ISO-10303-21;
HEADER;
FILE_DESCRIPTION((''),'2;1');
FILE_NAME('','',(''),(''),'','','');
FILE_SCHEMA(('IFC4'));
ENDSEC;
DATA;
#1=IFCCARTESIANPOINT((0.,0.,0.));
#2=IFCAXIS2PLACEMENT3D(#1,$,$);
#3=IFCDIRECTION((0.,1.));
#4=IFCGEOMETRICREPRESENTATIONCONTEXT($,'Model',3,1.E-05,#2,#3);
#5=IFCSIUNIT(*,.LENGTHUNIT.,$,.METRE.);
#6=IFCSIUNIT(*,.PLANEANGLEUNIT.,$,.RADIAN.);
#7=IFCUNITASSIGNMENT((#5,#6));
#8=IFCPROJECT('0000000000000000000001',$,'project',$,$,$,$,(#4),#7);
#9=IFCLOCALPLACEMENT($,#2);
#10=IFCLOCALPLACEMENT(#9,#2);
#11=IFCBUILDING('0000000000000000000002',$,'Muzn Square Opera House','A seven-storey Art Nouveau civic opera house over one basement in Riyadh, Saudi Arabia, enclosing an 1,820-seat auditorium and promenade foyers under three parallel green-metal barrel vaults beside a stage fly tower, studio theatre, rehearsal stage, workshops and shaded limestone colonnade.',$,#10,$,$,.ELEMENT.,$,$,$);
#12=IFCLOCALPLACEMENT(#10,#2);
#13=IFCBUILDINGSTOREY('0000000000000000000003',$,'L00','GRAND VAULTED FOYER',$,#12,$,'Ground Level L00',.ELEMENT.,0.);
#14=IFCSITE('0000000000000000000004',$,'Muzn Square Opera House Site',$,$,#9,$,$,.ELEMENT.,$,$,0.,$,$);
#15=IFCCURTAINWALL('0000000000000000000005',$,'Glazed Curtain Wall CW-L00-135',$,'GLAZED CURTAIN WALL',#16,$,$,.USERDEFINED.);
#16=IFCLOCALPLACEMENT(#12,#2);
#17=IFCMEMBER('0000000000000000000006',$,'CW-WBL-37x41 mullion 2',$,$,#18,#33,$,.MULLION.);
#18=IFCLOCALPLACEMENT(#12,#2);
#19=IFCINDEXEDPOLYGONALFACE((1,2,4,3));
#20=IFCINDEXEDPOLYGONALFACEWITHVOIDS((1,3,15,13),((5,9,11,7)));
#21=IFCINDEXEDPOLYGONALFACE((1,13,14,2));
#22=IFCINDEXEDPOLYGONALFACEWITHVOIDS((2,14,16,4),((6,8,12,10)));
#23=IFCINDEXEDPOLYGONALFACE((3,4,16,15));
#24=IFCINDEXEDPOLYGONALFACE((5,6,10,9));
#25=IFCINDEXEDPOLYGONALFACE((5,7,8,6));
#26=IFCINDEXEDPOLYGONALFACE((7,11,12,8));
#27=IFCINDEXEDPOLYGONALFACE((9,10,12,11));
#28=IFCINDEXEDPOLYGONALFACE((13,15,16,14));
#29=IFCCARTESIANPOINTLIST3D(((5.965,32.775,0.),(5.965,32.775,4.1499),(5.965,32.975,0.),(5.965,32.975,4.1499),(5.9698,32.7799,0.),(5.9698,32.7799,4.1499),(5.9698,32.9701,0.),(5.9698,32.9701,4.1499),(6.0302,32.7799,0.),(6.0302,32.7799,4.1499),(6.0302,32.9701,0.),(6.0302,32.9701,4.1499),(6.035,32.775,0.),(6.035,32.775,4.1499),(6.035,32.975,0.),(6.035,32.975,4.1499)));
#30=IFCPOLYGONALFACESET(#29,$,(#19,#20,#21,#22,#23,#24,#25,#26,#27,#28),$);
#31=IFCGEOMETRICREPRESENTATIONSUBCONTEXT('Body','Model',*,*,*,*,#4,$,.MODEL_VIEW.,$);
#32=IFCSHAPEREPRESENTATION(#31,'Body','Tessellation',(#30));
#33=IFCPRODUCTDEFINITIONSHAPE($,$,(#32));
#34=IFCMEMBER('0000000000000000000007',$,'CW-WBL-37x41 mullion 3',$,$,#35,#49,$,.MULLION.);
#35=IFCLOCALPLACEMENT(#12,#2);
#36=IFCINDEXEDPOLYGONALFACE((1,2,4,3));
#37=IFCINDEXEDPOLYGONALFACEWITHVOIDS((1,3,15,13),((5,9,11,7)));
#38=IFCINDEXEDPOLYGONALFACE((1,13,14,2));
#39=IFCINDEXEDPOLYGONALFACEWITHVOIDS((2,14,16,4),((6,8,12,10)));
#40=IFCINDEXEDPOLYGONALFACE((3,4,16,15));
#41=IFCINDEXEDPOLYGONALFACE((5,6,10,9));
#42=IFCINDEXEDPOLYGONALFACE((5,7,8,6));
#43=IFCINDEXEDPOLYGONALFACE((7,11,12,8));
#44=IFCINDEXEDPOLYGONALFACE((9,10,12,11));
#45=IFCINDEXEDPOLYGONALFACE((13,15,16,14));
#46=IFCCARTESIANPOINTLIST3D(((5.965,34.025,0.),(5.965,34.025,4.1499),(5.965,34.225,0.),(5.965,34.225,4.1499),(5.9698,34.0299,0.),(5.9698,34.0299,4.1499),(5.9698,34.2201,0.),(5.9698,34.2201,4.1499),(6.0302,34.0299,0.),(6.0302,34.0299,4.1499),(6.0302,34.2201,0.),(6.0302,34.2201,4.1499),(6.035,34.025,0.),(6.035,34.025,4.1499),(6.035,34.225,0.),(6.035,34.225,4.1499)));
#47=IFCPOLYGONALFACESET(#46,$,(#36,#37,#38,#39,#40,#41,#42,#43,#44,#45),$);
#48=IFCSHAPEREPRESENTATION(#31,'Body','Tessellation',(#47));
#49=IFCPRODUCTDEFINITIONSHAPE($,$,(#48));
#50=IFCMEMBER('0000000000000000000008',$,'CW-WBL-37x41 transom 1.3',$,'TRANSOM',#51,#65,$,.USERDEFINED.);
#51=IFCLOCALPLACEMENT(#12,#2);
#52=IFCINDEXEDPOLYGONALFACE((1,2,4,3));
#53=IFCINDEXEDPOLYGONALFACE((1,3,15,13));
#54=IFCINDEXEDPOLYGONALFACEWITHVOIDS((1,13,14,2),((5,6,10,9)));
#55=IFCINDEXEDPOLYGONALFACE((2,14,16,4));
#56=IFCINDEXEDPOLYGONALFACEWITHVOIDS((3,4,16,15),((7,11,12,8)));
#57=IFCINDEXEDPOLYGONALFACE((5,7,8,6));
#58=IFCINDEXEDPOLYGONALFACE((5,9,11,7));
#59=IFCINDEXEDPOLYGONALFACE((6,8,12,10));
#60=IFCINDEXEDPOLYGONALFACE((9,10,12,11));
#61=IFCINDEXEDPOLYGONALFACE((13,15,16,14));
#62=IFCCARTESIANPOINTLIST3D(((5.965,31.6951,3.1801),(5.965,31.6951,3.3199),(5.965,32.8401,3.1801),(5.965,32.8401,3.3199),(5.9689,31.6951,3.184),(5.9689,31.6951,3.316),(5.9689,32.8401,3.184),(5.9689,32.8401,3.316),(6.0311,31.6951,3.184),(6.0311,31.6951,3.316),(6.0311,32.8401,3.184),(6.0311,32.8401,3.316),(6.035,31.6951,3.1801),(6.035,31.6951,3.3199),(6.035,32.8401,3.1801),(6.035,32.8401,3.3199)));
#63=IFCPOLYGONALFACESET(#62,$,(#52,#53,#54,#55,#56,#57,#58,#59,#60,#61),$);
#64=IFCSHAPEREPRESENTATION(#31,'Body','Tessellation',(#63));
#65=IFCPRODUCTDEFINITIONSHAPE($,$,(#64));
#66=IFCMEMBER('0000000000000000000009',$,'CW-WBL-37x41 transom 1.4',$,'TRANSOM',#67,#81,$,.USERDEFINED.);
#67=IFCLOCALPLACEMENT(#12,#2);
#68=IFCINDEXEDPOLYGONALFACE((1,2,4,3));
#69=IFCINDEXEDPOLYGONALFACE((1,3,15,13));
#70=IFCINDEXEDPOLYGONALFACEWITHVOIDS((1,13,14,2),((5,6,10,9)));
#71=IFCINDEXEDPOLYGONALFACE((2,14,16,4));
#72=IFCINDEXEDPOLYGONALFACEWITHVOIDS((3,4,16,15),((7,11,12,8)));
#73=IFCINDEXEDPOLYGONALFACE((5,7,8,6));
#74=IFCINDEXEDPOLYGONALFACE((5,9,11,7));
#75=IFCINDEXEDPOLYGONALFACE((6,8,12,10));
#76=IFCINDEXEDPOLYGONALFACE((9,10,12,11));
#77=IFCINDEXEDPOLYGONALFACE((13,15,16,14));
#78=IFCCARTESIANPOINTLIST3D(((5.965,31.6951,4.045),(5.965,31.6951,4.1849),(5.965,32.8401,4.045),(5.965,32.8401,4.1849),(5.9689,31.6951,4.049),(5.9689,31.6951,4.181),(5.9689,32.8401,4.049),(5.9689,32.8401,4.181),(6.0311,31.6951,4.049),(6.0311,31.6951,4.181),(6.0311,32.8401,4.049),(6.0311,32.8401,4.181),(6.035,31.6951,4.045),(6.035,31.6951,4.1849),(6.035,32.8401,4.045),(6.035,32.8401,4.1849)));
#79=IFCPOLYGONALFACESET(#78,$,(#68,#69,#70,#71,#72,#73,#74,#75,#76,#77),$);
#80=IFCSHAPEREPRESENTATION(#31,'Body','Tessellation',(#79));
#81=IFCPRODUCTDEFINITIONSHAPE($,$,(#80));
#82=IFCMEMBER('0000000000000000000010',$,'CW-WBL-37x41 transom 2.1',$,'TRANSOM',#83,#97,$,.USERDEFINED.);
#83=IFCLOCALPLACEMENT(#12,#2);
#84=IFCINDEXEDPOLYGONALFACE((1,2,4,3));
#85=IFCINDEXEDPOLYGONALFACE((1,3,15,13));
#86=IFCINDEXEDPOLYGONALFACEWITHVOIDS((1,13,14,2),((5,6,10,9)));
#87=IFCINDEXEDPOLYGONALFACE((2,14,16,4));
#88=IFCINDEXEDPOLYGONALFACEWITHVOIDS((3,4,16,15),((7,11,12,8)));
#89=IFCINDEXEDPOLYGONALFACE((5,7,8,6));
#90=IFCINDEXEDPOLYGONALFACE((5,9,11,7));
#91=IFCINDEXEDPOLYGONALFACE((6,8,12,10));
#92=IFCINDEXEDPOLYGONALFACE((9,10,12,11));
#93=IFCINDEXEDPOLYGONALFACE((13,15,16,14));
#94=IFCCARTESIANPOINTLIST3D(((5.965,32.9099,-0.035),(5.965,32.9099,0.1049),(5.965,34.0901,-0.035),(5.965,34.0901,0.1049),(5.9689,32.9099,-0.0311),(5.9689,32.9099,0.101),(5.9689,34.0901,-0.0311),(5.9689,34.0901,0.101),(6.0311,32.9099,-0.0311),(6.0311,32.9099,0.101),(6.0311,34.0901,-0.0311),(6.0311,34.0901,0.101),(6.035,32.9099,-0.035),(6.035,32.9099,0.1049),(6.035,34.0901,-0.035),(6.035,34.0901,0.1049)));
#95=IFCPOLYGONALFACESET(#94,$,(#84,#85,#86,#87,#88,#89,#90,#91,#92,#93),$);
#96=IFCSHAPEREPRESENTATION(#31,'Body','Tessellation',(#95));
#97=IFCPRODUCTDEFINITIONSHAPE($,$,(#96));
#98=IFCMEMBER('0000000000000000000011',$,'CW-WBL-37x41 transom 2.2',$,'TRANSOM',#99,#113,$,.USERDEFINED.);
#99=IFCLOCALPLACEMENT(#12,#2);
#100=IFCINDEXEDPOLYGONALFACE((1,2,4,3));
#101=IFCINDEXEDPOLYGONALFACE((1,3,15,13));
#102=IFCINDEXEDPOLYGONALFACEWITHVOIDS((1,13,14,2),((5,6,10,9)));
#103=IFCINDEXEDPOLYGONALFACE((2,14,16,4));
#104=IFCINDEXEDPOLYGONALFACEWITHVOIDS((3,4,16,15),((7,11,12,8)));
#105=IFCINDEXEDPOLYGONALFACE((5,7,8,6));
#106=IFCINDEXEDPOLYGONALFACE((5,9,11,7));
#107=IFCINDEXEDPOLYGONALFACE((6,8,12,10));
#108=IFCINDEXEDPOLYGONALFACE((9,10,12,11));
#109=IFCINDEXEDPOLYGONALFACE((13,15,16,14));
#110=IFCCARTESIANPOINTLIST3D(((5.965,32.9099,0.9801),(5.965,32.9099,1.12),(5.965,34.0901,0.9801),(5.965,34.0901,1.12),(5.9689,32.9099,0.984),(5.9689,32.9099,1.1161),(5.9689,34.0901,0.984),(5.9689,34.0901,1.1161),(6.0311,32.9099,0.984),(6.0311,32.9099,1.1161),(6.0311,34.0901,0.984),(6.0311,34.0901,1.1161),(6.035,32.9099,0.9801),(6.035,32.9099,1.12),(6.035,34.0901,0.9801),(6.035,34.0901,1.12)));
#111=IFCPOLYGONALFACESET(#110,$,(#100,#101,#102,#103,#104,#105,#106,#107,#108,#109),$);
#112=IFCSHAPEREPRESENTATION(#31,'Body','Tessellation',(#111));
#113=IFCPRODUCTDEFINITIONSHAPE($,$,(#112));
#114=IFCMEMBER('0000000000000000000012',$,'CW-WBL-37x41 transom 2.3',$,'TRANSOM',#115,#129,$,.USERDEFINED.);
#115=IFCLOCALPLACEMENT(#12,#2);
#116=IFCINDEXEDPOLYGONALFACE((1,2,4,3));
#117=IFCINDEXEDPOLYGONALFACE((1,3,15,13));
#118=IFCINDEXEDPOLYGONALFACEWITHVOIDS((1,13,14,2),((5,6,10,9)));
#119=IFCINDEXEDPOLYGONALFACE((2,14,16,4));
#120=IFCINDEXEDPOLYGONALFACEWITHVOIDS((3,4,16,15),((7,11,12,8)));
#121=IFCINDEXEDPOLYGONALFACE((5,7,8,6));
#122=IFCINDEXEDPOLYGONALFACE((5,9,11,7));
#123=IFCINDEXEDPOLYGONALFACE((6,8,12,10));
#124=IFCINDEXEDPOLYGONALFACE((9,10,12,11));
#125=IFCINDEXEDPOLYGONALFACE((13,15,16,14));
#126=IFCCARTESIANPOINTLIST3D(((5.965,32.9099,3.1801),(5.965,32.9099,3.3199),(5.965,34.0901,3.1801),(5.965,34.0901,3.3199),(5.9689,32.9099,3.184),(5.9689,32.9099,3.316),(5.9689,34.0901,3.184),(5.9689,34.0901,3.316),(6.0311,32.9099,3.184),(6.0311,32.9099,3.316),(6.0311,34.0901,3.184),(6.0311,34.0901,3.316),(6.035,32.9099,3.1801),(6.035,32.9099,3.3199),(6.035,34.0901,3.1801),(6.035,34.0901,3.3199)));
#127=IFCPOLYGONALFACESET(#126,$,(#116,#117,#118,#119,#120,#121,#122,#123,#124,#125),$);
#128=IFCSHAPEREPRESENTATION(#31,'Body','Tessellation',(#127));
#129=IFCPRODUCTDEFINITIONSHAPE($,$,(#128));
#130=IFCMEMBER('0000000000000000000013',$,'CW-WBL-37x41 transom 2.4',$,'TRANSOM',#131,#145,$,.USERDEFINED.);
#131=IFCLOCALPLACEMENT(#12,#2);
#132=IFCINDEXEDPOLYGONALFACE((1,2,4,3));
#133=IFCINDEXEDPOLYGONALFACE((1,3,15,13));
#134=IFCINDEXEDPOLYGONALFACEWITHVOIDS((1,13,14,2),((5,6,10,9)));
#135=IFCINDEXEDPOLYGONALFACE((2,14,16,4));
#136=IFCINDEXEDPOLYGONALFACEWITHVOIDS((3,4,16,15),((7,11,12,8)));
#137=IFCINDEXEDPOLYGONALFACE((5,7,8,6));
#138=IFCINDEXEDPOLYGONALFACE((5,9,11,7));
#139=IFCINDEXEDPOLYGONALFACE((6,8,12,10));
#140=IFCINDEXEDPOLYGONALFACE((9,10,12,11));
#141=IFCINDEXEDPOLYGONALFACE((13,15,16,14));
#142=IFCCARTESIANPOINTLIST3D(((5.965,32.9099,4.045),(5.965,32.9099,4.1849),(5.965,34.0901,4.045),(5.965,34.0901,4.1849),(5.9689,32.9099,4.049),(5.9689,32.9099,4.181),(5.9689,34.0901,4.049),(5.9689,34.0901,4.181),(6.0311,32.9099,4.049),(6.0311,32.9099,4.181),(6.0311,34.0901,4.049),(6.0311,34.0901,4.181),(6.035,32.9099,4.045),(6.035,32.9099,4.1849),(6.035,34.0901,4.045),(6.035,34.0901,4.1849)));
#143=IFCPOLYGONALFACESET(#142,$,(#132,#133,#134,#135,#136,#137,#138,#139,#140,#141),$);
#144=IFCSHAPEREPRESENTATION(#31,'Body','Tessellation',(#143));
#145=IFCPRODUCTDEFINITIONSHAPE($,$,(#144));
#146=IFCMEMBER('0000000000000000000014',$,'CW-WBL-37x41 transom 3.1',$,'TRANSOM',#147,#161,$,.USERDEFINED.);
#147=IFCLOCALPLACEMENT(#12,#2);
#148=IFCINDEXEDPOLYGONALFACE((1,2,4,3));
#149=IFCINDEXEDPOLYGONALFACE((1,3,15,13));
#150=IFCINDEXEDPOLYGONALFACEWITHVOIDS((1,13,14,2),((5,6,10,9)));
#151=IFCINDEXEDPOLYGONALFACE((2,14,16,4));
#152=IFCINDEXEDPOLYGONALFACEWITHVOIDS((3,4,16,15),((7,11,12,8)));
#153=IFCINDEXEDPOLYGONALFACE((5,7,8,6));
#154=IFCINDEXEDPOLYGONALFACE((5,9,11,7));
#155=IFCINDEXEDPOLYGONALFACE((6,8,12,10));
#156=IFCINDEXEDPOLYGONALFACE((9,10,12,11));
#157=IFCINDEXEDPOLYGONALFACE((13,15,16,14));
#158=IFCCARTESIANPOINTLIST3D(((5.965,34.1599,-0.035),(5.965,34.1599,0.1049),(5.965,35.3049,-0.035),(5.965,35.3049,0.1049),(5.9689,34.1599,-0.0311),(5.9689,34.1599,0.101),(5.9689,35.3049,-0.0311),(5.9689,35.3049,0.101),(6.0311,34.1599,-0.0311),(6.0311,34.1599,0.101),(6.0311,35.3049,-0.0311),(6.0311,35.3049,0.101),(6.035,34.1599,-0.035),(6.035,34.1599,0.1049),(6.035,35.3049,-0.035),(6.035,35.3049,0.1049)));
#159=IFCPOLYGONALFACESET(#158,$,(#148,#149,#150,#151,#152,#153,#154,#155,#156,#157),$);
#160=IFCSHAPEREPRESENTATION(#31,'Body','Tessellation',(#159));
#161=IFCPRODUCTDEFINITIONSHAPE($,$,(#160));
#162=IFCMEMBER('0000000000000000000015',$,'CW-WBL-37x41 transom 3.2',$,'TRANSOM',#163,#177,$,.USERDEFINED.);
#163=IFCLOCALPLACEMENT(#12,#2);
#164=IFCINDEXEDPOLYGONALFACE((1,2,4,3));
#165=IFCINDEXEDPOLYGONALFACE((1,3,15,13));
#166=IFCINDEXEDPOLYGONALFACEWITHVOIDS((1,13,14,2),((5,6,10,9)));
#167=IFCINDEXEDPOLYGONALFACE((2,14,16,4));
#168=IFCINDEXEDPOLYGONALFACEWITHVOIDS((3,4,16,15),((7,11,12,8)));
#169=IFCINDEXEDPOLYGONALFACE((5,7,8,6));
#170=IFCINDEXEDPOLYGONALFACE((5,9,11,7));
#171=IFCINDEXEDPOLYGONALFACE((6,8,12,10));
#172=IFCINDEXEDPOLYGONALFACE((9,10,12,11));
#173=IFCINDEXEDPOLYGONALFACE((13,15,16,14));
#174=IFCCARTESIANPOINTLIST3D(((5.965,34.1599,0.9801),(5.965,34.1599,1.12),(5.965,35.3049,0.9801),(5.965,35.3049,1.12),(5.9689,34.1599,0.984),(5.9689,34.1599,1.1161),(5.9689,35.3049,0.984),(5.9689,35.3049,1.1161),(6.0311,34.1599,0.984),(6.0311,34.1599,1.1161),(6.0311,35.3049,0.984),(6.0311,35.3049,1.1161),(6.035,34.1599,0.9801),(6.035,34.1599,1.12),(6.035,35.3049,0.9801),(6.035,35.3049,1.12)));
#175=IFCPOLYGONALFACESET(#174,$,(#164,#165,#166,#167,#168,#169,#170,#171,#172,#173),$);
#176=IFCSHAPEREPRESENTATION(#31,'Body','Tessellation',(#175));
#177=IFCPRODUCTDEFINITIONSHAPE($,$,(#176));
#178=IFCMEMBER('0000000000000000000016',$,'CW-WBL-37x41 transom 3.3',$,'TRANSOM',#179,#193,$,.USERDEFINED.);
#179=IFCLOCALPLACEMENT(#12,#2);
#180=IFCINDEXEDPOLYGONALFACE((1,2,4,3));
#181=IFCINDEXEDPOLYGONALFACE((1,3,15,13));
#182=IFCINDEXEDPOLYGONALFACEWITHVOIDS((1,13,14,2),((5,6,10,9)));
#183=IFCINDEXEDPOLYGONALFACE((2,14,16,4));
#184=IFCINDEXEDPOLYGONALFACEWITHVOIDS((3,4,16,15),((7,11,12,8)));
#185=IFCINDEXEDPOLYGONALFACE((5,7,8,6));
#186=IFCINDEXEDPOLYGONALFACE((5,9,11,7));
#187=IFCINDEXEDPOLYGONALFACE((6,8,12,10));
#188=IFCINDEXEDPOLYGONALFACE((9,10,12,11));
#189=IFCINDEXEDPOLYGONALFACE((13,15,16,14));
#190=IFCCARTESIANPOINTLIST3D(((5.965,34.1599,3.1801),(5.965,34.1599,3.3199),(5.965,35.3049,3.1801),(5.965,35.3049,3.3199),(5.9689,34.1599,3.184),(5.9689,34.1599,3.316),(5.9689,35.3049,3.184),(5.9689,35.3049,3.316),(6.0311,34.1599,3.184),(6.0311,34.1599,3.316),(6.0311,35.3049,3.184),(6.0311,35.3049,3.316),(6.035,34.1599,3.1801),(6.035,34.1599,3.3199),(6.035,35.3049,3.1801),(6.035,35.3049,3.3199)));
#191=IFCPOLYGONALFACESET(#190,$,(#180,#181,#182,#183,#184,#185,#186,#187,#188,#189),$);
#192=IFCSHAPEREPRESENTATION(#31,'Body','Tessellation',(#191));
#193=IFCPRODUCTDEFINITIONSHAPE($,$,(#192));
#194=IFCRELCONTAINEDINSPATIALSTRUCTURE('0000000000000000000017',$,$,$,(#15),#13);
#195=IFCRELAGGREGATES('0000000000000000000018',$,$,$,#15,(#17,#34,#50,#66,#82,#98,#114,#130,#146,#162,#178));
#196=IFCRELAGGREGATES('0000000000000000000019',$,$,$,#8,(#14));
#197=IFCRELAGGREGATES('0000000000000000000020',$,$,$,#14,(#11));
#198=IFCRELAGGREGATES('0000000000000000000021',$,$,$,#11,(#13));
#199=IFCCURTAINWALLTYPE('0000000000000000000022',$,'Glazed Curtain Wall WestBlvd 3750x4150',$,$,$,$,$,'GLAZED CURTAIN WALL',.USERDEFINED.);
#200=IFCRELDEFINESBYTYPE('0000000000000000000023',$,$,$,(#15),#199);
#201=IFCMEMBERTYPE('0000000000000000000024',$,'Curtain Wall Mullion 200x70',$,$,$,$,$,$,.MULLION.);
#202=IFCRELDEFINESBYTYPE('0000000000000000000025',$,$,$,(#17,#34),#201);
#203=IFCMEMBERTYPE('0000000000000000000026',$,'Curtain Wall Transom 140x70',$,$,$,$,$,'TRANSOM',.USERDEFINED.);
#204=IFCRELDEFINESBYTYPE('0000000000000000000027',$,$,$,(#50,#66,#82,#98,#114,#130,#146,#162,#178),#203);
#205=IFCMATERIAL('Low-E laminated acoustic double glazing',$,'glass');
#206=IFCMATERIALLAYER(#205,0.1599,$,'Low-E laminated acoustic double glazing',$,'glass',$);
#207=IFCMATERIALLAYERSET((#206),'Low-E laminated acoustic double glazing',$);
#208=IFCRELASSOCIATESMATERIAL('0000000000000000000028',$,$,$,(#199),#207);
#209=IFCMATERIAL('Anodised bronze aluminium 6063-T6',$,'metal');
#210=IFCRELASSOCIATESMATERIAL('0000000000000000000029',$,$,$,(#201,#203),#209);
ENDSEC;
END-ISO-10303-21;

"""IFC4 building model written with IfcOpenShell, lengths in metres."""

from ifc_helpers import new_model, si_unit, direction, frame, origin, origin_2d, place, context, subcontext, project, spatial, hollow_rectangle, extrude, material, layer, layer_set, material_profile, profile_set, type_object, element, aggregate, save


model = new_model("IFC4")

# Units and contexts
model_context = context("Model", 3, precision=1e-05, world=origin(), true_north=direction((0.0, 1.0)))
body_context = subcontext(model_context, "Body", "Model", "MODEL_VIEW")
ifc_project = project(units=[si_unit("LENGTHUNIT", "METRE"), si_unit("PLANEANGLEUNIT", "RADIAN")], contexts=[model_context])

# Site, building, storey
site_placement = place(None, origin())
site = spatial("IfcSite", under=ifc_project, at=site_placement, Name="Muzn Square Opera House Site", CompositionType="ELEMENT", RefElevation=0.0)
building_placement = place(site_placement, origin())
building = spatial("IfcBuilding", under=site, at=building_placement, Name="Muzn Square Opera House", Description="A seven-storey Art Nouveau civic opera house over one basement in Riyadh, Saudi Arabia, enclosing an 1,820-seat auditorium and promenade foyers under three parallel green-metal barrel vaults beside a stage fly tower, studio theatre, rehearsal stage, workshops and shaded limestone colonnade.", CompositionType="ELEMENT")
storey_placement = place(building_placement, origin())
storey = spatial("IfcBuildingStorey", under=building, at=storey_placement, Name="L00", Description="GRAND VAULTED FOYER", LongName="Ground Level L00", CompositionType="ELEMENT", Elevation=0.0)

# Curtain wall, members
ifc_material_1 = material(Name="Low-E laminated acoustic double glazing", Category="glass")
ifc_layer_1 = layer(ifc_material_1, 0.1599, Name="Low-E laminated acoustic double glazing", Category="glass")
ifc_layer_set_1 = layer_set([ifc_layer_1], Name="Low-E laminated acoustic double glazing")
curtain_wall_type = type_object("IfcCurtainWallType", Name="Glazed Curtain Wall WestBlvd 3750x4150", ElementType="GLAZED CURTAIN WALL", PredefinedType="USERDEFINED", material=ifc_layer_set_1)
curtain_wall_placement = place(storey_placement, origin())
curtain_wall = element("IfcCurtainWall", 1, at=curtain_wall_placement, inside=storey, type_object=curtain_wall_type, Name="Glazed Curtain Wall CW-L00-135", ObjectType="GLAZED CURTAIN WALL", PredefinedType="USERDEFINED")
ifc_material_2 = material(Name="Anodised bronze aluminium 6063-T6", Category="metal")
ifc_material_profile_1 = material_profile(ifc_material_2, hollow_rectangle(XDim=0.0701, YDim=0.2, WallThickness=0.0049, at=origin_2d()), Name="ALU 200x70x5", Category="metal")
ifc_profile_set_1 = profile_set([ifc_material_profile_1], Name="Anodised bronze aluminium 6063-T6")
member_type_1 = type_object("IfcMemberType", Name="Curtain Wall Mullion 200x70", PredefinedType="MULLION", material=ifc_profile_set_1)
member_1_placement = place(storey_placement, frame((6.0, 32.875, 0.0), z_axis=(0.0, 0.0, 1.0), x_axis=(-1.0, 0.0, 0.0)))
member_1 = element("IfcMember", 2, at=member_1_placement, type_object=member_type_1, Name="CW-WBL-37x41 mullion 2", PredefinedType="MULLION", context=body_context, shape_type="SweptSolid", body=[
    extrude(hollow_rectangle(XDim=0.0701, YDim=0.2, WallThickness=0.0049, at=origin_2d()), origin(), (0.0, 0.0, 1.0), 4.1499),
])
member_2_placement = place(storey_placement, frame((6.0, 34.125, 0.0), z_axis=(0.0, 0.0, 1.0), x_axis=(-1.0, 0.0, 0.0)))
member_2 = element("IfcMember", 3, at=member_2_placement, type_object=member_type_1, Name="CW-WBL-37x41 mullion 3", PredefinedType="MULLION", context=body_context, shape_type="SweptSolid", body=[
    extrude(hollow_rectangle(XDim=0.0701, YDim=0.2, WallThickness=0.0049, at=origin_2d()), origin(), (0.0, 0.0, 1.0), 4.1499),
])
ifc_material_profile_2 = material_profile(ifc_material_2, hollow_rectangle(XDim=0.0701, YDim=0.1399, WallThickness=0.0039, at=origin_2d()), Name="ALU 140x70x4", Category="metal")
ifc_profile_set_2 = profile_set([ifc_material_profile_2], Name="Anodised bronze aluminium 6063-T6")
member_type_2 = type_object("IfcMemberType", Name="Curtain Wall Transom 140x70", ElementType="TRANSOM", PredefinedType="USERDEFINED", material=ifc_profile_set_2)
member_3_placement = place(storey_placement, frame((6.0, 31.6951, 3.25), z_axis=(0.0, 1.0, 0.0), x_axis=(-1.0, 0.0, 0.0)))
member_3 = element("IfcMember", 4, at=member_3_placement, type_object=member_type_2, Name="CW-WBL-37x41 transom 1.3", ObjectType="TRANSOM", PredefinedType="USERDEFINED", context=body_context, shape_type="SweptSolid", body=[
    extrude(hollow_rectangle(XDim=0.0701, YDim=0.1399, WallThickness=0.0039, at=origin_2d()), origin(), (0.0, 0.0, 1.0), 1.145),
])
member_4_placement = place(storey_placement, frame((6.0, 31.6951, 4.115), z_axis=(0.0, 1.0, 0.0), x_axis=(-1.0, 0.0, 0.0)))
member_4 = element("IfcMember", 5, at=member_4_placement, type_object=member_type_2, Name="CW-WBL-37x41 transom 1.4", ObjectType="TRANSOM", PredefinedType="USERDEFINED", context=body_context, shape_type="SweptSolid", body=[
    extrude(hollow_rectangle(XDim=0.0701, YDim=0.1399, WallThickness=0.0039, at=origin_2d()), origin(), (0.0, 0.0, 1.0), 1.145),
])
member_5_placement = place(storey_placement, frame((6.0, 32.9099, 0.0349), z_axis=(0.0, 1.0, 0.0), x_axis=(-1.0, 0.0, 0.0)))
member_5 = element("IfcMember", 6, at=member_5_placement, type_object=member_type_2, Name="CW-WBL-37x41 transom 2.1", ObjectType="TRANSOM", PredefinedType="USERDEFINED", context=body_context, shape_type="SweptSolid", body=[
    extrude(hollow_rectangle(XDim=0.0701, YDim=0.1399, WallThickness=0.0039, at=origin_2d()), origin(), (0.0, 0.0, 1.0), 1.1802),
])
member_6_placement = place(storey_placement, frame((6.0, 32.9099, 1.05), z_axis=(0.0, 1.0, 0.0), x_axis=(-1.0, 0.0, 0.0)))
member_6 = element("IfcMember", 7, at=member_6_placement, type_object=member_type_2, Name="CW-WBL-37x41 transom 2.2", ObjectType="TRANSOM", PredefinedType="USERDEFINED", context=body_context, shape_type="SweptSolid", body=[
    extrude(hollow_rectangle(XDim=0.0701, YDim=0.1399, WallThickness=0.0039, at=origin_2d()), origin(), (0.0, 0.0, 1.0), 1.1802),
])
member_7_placement = place(storey_placement, frame((6.0, 32.9099, 3.25), z_axis=(0.0, 1.0, 0.0), x_axis=(-1.0, 0.0, 0.0)))
member_7 = element("IfcMember", 8, at=member_7_placement, type_object=member_type_2, Name="CW-WBL-37x41 transom 2.3", ObjectType="TRANSOM", PredefinedType="USERDEFINED", context=body_context, shape_type="SweptSolid", body=[
    extrude(hollow_rectangle(XDim=0.0701, YDim=0.1399, WallThickness=0.0039, at=origin_2d()), origin(), (0.0, 0.0, 1.0), 1.1802),
])
member_8_placement = place(storey_placement, frame((6.0, 32.9099, 4.115), z_axis=(0.0, 1.0, 0.0), x_axis=(-1.0, 0.0, 0.0)))
member_8 = element("IfcMember", 9, at=member_8_placement, type_object=member_type_2, Name="CW-WBL-37x41 transom 2.4", ObjectType="TRANSOM", PredefinedType="USERDEFINED", context=body_context, shape_type="SweptSolid", body=[
    extrude(hollow_rectangle(XDim=0.0701, YDim=0.1399, WallThickness=0.0039, at=origin_2d()), origin(), (0.0, 0.0, 1.0), 1.1802),
])
member_9_placement = place(storey_placement, frame((6.0, 34.1599, 0.0349), z_axis=(0.0, 1.0, 0.0), x_axis=(-1.0, 0.0, 0.0)))
member_9 = element("IfcMember", 10, at=member_9_placement, type_object=member_type_2, Name="CW-WBL-37x41 transom 3.1", ObjectType="TRANSOM", PredefinedType="USERDEFINED", context=body_context, shape_type="SweptSolid", body=[
    extrude(hollow_rectangle(XDim=0.0701, YDim=0.1399, WallThickness=0.0039, at=origin_2d()), origin(), (0.0, 0.0, 1.0), 1.145),
])
member_10_placement = place(storey_placement, frame((6.0, 34.1599, 1.05), z_axis=(0.0, 1.0, 0.0), x_axis=(-1.0, 0.0, 0.0)))
member_10 = element("IfcMember", 11, at=member_10_placement, type_object=member_type_2, Name="CW-WBL-37x41 transom 3.2", ObjectType="TRANSOM", PredefinedType="USERDEFINED", context=body_context, shape_type="SweptSolid", body=[
    extrude(hollow_rectangle(XDim=0.0701, YDim=0.1399, WallThickness=0.0039, at=origin_2d()), origin(), (0.0, 0.0, 1.0), 1.145),
])
member_11_placement = place(storey_placement, frame((6.0, 34.1599, 3.25), z_axis=(0.0, 1.0, 0.0), x_axis=(-1.0, 0.0, 0.0)))
member_11 = element("IfcMember", 12, at=member_11_placement, type_object=member_type_2, Name="CW-WBL-37x41 transom 3.3", ObjectType="TRANSOM", PredefinedType="USERDEFINED", context=body_context, shape_type="SweptSolid", body=[
    extrude(hollow_rectangle(XDim=0.0701, YDim=0.1399, WallThickness=0.0039, at=origin_2d()), origin(), (0.0, 0.0, 1.0), 1.145),
])
aggregate(curtain_wall, [member_1, member_2, member_3, member_4, member_5, member_6, member_7, member_8, member_9, member_10, member_11])

save(model, "model.ifc")
